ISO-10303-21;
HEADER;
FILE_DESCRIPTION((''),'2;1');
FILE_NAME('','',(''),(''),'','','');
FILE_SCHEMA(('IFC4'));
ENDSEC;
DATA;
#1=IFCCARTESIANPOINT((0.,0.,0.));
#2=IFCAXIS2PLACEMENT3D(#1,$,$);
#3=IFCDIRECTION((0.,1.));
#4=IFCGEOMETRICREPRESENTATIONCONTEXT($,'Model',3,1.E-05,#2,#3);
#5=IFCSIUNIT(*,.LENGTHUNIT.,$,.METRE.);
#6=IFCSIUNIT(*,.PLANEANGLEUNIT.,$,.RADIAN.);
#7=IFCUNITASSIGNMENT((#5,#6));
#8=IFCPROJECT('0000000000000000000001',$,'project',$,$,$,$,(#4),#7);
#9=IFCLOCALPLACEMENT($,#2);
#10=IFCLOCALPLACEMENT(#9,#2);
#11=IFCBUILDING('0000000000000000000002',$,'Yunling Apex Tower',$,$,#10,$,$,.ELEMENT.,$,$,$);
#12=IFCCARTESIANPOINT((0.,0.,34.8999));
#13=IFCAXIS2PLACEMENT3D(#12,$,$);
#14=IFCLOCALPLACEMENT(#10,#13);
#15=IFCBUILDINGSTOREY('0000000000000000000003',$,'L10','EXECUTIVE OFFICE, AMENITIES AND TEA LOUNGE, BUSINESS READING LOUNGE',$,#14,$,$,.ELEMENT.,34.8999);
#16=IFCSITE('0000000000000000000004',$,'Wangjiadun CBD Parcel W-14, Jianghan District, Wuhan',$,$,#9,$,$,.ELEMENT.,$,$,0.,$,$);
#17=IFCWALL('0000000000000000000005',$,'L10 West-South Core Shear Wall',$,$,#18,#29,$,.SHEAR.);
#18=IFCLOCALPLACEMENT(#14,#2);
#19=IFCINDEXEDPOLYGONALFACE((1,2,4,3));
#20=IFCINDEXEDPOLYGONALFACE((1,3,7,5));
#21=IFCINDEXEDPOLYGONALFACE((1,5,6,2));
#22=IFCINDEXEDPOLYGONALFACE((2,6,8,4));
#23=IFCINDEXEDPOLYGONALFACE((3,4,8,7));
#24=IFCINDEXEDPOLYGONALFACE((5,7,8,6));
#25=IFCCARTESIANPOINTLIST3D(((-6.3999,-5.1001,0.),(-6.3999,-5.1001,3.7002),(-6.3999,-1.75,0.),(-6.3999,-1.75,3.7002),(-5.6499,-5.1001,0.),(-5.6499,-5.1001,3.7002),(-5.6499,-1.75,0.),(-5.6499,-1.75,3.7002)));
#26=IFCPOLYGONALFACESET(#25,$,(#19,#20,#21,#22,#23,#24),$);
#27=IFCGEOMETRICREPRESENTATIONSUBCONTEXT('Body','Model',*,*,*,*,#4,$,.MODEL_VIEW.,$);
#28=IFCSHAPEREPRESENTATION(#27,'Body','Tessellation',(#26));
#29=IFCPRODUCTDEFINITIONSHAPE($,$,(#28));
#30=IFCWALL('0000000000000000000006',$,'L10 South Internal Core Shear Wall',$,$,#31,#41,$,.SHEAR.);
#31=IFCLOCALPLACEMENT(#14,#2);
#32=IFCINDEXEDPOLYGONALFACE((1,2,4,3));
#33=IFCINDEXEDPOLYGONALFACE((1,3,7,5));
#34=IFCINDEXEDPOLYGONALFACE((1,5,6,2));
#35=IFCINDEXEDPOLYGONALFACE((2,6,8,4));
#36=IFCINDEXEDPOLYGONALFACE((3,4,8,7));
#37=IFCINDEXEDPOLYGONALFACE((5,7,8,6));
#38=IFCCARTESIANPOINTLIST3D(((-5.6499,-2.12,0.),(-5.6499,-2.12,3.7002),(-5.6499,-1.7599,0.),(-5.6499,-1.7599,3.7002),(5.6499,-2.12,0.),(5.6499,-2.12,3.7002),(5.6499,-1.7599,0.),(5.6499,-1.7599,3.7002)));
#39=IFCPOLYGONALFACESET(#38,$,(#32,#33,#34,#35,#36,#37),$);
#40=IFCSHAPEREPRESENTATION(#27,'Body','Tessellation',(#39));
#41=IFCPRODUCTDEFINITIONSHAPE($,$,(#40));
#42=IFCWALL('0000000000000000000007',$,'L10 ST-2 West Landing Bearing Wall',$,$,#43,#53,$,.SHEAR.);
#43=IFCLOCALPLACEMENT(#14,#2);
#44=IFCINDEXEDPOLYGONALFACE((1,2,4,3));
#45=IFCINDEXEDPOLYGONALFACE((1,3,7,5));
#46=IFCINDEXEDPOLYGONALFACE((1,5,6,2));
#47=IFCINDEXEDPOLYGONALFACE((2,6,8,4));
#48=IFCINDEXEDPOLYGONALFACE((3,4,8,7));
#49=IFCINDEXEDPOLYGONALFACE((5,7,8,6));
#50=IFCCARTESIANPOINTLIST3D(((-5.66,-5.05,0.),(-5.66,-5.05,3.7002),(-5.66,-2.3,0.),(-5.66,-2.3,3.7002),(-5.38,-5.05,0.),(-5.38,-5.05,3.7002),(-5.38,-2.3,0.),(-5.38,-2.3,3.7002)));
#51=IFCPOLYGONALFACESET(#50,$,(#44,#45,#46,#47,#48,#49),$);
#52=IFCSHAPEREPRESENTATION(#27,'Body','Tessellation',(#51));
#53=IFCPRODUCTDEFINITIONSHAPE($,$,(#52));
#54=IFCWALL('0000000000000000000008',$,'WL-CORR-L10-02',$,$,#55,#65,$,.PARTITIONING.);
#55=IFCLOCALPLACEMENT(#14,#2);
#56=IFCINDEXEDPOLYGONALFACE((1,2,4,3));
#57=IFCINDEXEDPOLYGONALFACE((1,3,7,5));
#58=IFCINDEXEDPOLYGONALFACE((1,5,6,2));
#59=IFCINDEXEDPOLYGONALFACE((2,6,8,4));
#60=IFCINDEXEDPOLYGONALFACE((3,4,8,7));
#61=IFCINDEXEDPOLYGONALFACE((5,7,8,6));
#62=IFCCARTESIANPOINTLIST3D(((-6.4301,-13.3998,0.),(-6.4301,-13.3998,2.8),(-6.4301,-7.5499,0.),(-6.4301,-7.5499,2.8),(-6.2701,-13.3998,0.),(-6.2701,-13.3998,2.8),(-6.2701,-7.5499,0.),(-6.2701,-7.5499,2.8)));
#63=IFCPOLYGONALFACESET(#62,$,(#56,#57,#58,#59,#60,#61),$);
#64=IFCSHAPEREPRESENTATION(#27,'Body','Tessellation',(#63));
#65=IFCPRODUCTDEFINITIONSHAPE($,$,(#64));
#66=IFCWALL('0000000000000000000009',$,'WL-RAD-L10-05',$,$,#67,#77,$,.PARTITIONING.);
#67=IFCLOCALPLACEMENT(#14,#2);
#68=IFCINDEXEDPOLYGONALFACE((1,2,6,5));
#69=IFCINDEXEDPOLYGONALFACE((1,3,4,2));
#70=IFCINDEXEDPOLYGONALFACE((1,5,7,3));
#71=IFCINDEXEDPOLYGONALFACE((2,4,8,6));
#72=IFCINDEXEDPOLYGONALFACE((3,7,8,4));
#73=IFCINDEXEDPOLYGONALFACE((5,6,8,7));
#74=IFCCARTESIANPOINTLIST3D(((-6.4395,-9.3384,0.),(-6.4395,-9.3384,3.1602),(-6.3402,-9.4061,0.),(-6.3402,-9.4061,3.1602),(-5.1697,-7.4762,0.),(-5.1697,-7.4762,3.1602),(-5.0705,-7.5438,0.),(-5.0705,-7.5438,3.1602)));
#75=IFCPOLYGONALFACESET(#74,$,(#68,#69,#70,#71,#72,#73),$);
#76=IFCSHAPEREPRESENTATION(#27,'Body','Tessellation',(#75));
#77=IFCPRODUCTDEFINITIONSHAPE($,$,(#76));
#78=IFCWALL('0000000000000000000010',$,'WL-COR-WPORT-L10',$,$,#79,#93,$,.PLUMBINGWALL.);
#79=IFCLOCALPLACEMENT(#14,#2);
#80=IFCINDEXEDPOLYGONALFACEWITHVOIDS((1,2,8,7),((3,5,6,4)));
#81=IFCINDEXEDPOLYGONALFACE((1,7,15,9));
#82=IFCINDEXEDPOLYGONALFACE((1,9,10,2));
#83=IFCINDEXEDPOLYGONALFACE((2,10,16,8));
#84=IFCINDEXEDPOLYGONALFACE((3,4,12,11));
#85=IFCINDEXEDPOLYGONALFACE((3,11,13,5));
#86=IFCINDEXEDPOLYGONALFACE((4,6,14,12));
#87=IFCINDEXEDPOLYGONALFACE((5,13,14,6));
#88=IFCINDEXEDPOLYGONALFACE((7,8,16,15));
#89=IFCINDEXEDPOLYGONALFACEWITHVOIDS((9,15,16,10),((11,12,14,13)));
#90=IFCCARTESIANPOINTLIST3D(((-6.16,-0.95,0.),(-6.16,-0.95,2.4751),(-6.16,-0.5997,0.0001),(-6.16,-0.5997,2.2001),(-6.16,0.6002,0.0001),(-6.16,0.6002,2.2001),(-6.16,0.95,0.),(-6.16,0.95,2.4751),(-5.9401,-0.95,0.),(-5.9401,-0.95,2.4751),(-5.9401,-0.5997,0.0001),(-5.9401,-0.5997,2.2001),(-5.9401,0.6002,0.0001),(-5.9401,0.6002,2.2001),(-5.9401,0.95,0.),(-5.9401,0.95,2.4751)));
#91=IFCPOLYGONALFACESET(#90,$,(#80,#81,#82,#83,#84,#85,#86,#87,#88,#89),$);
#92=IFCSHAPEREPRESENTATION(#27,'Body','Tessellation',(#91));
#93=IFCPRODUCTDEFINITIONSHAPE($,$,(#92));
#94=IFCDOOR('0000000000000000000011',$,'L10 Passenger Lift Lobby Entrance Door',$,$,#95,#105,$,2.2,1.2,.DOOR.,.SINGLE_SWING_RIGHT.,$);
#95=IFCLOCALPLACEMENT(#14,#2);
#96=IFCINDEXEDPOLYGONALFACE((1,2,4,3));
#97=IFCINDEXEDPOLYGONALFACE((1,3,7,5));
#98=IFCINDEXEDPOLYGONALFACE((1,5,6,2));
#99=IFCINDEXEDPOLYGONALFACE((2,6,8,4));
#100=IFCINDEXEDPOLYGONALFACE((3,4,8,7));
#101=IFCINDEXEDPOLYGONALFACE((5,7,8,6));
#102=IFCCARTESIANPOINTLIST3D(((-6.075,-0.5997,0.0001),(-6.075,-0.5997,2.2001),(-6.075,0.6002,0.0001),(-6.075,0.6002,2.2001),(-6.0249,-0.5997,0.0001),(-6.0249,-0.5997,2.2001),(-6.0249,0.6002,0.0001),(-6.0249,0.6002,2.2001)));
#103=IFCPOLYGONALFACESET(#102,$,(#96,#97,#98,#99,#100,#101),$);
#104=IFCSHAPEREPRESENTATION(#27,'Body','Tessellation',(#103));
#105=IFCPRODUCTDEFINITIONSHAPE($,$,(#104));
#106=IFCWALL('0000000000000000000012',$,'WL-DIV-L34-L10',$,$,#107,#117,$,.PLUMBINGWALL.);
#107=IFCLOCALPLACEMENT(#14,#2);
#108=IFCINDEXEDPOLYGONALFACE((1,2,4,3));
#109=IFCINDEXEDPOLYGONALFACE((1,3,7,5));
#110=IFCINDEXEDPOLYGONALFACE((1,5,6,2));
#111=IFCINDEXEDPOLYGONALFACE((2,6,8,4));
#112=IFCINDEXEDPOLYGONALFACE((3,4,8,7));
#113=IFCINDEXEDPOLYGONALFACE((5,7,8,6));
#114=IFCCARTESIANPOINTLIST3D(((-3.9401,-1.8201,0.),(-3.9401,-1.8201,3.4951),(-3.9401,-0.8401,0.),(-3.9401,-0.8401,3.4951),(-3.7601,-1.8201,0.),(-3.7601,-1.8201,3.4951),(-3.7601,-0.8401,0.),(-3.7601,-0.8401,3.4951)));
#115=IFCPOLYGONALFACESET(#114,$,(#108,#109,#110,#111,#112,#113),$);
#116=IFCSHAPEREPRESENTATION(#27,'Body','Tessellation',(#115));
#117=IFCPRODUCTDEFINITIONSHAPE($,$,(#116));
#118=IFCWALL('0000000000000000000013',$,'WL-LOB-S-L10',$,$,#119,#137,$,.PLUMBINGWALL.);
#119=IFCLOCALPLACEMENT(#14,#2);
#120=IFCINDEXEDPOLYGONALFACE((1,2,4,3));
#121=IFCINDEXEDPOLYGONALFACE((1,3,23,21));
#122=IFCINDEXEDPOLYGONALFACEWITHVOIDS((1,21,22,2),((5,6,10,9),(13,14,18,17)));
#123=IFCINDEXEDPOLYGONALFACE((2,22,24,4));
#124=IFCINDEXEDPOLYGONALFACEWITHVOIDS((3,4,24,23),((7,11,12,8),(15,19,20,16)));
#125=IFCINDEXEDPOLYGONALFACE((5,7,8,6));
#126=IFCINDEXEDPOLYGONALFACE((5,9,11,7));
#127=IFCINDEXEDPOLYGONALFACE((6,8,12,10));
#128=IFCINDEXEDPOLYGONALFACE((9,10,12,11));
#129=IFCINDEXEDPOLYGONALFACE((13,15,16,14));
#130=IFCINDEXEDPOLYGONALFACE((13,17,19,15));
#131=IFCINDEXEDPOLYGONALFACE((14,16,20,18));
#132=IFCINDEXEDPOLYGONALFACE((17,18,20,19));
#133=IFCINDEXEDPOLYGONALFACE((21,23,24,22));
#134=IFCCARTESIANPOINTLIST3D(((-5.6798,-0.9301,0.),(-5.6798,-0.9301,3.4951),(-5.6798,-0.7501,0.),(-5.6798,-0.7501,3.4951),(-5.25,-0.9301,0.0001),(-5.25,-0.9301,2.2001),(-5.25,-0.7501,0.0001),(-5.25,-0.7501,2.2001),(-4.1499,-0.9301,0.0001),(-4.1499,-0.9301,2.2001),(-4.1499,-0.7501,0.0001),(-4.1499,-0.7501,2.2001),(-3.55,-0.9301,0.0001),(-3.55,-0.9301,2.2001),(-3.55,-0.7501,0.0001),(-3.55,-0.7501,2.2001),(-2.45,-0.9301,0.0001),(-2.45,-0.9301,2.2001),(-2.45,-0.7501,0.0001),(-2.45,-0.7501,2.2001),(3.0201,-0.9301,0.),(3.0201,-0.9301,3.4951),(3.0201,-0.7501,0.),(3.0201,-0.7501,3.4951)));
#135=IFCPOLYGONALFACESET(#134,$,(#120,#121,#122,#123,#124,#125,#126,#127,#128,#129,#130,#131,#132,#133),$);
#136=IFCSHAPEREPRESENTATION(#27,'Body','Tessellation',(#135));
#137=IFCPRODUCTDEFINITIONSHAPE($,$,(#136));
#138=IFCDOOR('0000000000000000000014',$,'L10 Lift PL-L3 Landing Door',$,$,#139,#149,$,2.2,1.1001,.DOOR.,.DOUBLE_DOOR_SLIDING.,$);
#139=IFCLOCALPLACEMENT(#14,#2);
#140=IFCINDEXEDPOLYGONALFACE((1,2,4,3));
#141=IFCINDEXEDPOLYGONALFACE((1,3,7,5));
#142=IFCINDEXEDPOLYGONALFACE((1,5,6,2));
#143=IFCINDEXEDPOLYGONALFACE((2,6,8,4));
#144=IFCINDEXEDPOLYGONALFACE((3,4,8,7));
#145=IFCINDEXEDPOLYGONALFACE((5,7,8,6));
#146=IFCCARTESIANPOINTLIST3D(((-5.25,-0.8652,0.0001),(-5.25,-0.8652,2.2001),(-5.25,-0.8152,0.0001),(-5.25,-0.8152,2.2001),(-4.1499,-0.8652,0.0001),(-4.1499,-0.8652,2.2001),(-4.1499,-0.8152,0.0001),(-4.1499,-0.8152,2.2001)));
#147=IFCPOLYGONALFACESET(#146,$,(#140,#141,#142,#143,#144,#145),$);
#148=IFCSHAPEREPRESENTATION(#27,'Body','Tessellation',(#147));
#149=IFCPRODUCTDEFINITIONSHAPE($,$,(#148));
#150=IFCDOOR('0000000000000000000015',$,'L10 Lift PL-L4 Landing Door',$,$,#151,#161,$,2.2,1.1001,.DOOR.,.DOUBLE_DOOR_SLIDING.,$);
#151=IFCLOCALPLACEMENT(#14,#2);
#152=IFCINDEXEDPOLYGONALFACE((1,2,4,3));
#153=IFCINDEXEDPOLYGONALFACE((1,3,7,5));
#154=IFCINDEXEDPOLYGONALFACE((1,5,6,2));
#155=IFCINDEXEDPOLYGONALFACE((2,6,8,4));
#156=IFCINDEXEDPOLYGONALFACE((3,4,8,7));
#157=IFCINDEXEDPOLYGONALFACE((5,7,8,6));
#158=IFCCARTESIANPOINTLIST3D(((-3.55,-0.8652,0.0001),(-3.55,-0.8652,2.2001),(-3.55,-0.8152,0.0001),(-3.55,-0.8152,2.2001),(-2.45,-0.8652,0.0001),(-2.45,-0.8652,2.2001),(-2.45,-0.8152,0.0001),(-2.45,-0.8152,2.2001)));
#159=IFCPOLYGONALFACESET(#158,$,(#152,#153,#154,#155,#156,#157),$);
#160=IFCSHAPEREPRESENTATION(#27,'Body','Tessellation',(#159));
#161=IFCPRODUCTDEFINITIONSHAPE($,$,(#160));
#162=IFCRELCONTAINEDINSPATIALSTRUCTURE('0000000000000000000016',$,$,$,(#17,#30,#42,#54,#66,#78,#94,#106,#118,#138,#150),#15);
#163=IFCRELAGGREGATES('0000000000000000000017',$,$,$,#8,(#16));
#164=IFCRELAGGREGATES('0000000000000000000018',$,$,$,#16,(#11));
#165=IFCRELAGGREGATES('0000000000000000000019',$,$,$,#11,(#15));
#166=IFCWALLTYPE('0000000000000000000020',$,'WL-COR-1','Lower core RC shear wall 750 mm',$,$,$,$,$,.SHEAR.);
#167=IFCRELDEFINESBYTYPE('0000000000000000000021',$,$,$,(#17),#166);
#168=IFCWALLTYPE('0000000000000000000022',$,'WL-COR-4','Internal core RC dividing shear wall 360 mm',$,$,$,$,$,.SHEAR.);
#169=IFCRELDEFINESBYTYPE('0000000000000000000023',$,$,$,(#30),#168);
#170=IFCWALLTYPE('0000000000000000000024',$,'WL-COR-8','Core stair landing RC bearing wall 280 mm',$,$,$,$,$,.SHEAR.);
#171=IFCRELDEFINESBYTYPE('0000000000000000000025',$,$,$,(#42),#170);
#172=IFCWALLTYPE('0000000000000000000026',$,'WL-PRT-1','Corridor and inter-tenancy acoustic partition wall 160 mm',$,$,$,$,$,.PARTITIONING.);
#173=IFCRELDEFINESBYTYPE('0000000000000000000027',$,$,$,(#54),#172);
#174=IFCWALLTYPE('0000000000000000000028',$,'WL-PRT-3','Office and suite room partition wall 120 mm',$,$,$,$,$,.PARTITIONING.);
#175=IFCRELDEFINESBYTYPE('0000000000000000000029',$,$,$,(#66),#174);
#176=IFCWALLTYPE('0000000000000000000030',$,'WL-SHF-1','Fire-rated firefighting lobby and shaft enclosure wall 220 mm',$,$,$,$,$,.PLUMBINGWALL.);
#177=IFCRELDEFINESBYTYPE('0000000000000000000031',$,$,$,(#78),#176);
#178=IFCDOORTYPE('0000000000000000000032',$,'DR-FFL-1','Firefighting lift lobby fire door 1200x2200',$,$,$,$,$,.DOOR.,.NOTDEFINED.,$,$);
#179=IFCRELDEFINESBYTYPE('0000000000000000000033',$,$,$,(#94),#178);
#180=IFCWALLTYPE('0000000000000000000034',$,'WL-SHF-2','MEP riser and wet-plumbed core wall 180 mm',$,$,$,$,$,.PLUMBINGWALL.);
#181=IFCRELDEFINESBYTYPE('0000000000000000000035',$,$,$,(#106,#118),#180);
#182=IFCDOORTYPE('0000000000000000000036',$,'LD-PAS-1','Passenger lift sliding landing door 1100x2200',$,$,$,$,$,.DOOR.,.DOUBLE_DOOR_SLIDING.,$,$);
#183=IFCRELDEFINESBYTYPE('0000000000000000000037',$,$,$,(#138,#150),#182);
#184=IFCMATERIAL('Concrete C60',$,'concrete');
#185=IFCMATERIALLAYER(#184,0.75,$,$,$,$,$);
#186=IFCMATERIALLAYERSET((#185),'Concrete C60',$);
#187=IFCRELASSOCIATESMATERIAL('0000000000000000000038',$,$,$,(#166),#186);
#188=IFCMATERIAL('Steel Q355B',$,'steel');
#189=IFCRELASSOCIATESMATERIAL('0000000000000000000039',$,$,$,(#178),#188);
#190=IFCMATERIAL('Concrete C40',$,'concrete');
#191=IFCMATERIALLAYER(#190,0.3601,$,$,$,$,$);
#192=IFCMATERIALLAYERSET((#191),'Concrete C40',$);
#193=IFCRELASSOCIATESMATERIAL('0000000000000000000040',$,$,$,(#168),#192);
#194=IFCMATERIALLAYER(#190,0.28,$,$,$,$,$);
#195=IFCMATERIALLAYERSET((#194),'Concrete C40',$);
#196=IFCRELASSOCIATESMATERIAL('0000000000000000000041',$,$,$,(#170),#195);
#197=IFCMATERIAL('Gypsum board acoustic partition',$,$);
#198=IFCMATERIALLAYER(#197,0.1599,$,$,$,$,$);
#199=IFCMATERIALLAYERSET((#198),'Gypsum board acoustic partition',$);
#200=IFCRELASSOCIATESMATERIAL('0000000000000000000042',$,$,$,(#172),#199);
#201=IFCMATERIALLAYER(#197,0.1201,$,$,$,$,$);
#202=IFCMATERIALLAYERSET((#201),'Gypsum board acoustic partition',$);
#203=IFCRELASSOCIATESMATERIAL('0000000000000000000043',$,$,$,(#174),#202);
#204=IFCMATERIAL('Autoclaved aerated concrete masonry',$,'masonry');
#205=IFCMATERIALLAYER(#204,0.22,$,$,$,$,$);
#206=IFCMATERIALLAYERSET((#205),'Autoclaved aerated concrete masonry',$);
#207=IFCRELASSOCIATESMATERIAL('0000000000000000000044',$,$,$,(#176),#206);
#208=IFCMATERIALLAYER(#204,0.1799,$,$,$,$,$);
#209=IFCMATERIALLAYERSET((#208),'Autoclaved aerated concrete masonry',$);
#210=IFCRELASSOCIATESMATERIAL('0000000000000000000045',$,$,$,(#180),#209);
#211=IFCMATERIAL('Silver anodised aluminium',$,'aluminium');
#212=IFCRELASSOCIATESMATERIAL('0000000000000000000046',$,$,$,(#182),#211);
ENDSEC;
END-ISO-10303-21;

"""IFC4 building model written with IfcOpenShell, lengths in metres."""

from ifc_helpers import new_model, si_unit, direction, frame, frame_2d, origin, place, context, subcontext, project, spatial, rectangle, extrude, material, layer, layer_set, type_object, element, fill, save


model = new_model("IFC4")

# Units and contexts
model_context = context("Model", 3, precision=1e-05, world=origin(), true_north=direction((0.0, 1.0)))
body_context = subcontext(model_context, "Body", "Model", "MODEL_VIEW")
ifc_project = project(units=[si_unit("LENGTHUNIT", "METRE"), si_unit("PLANEANGLEUNIT", "RADIAN")], contexts=[model_context])

# Site, building, storey
site_placement = place(None, origin())
site = spatial("IfcSite", under=ifc_project, at=site_placement, Name="Wangjiadun CBD Parcel W-14, Jianghan District, Wuhan", CompositionType="ELEMENT", RefElevation=0.0)
building_placement = place(site_placement, origin())
building = spatial("IfcBuilding", under=site, at=building_placement, Name="Yunling Apex Tower", CompositionType="ELEMENT")
storey_placement = place(building_placement, frame((0.0, 0.0, 34.8999)))
storey = spatial("IfcBuildingStorey", under=building, at=storey_placement, Name="L10", Description="EXECUTIVE OFFICE, AMENITIES AND TEA LOUNGE, BUSINESS READING LOUNGE", CompositionType="ELEMENT", Elevation=34.8999)

# Shared definitions
ifc_material_1 = material(Name="Concrete C60", Category="concrete")

# Shared definitions
ifc_material_2 = material(Name="Steel Q355B", Category="steel")

# Shared definitions
ifc_layer_1 = layer(ifc_material_1, 0.75)
ifc_layer_set_1 = layer_set([ifc_layer_1], Name="Concrete C60")
wall_type_1 = type_object("IfcWallType", Name="WL-COR-1", Description="Lower core RC shear wall 750 mm", PredefinedType="SHEAR", material=ifc_layer_set_1)
door_type_1 = type_object("IfcDoorType", Name="DR-FFL-1", Description="Firefighting lift lobby fire door 1200x2200", OperationType="NOTDEFINED", PredefinedType="DOOR", material=ifc_material_2)

# Walls
wall_1_placement = place(storey_placement, frame((-6.0249, -5.1001, 0.0), z_axis=(0.0, 0.0, 1.0), x_axis=(0.0, 1.0, 0.0)))
element("IfcWall", 1, at=wall_1_placement, inside=storey, type_object=wall_type_1, Name="L10 West-South Core Shear Wall", PredefinedType="SHEAR", context=body_context, shape_type="SweptSolid", body=[
    extrude(rectangle(XDim=3.3501, YDim=0.75, at=frame_2d((1.675, 0.0))), origin(), (0.0, 0.0, 1.0), 3.7002),
])
ifc_material_3 = material(Name="Concrete C40", Category="concrete")
ifc_layer_2 = layer(ifc_material_3, 0.3601)
ifc_layer_set_2 = layer_set([ifc_layer_2], Name="Concrete C40")
wall_type_2 = type_object("IfcWallType", Name="WL-COR-4", Description="Internal core RC dividing shear wall 360 mm", PredefinedType="SHEAR", material=ifc_layer_set_2)
wall_2_placement = place(storey_placement, frame((-5.6499, -1.9399, 0.0), z_axis=(0.0, 0.0, 1.0), x_axis=(1.0, 0.0, 0.0)))
element("IfcWall", 2, at=wall_2_placement, inside=storey, type_object=wall_type_2, Name="L10 South Internal Core Shear Wall", PredefinedType="SHEAR", context=body_context, shape_type="SweptSolid", body=[
    extrude(rectangle(XDim=11.2998, YDim=0.3601, at=frame_2d((5.6499, 0.0))), origin(), (0.0, 0.0, 1.0), 3.7002),
])
ifc_layer_3 = layer(ifc_material_3, 0.28)
ifc_layer_set_3 = layer_set([ifc_layer_3], Name="Concrete C40")
wall_type_3 = type_object("IfcWallType", Name="WL-COR-8", Description="Core stair landing RC bearing wall 280 mm", PredefinedType="SHEAR", material=ifc_layer_set_3)
wall_3_placement = place(storey_placement, frame((-5.52, -5.05, 0.0), z_axis=(0.0, 0.0, 1.0), x_axis=(0.0, 1.0, 0.0)))
element("IfcWall", 3, at=wall_3_placement, inside=storey, type_object=wall_type_3, Name="L10 ST-2 West Landing Bearing Wall", PredefinedType="SHEAR", context=body_context, shape_type="SweptSolid", body=[
    extrude(rectangle(XDim=2.75, YDim=0.28, at=frame_2d((1.375, 0.0))), origin(), (0.0, 0.0, 1.0), 3.7002),
])
ifc_material_4 = material(Name="Gypsum board acoustic partition")
ifc_layer_4 = layer(ifc_material_4, 0.1599)
ifc_layer_set_4 = layer_set([ifc_layer_4], Name="Gypsum board acoustic partition")
wall_type_4 = type_object("IfcWallType", Name="WL-PRT-1", Description="Corridor and inter-tenancy acoustic partition wall 160 mm", PredefinedType="PARTITIONING", material=ifc_layer_set_4)
wall_4_placement = place(storey_placement, frame((-6.3501, -7.55, 0.0), z_axis=(0.0, 0.0, 1.0), x_axis=(0.0, -1.0, 0.0)))
element("IfcWall", 4, at=wall_4_placement, inside=storey, type_object=wall_type_4, Name="WL-CORR-L10-02", PredefinedType="PARTITIONING", context=body_context, shape_type="SweptSolid", body=[
    extrude(rectangle(XDim=5.8499, YDim=0.1599, at=frame_2d((2.9248, 0.0))), origin(), (0.0, 0.0, 1.0), 2.8),
])
ifc_layer_5 = layer(ifc_material_4, 0.1201)
ifc_layer_set_5 = layer_set([ifc_layer_5], Name="Gypsum board acoustic partition")
wall_type_5 = type_object("IfcWallType", Name="WL-PRT-3", Description="Office and suite room partition wall 120 mm", PredefinedType="PARTITIONING", material=ifc_layer_set_5)
wall_5_placement = place(storey_placement, frame((-5.1201, -7.51, 0.0), z_axis=(0.0, 0.0, 1.0), x_axis=(-0.563344, -0.826223, 0.0)))
element("IfcWall", 5, at=wall_5_placement, inside=storey, type_object=wall_type_5, Name="WL-RAD-L10-05", PredefinedType="PARTITIONING", context=body_context, shape_type="SweptSolid", body=[
    extrude(rectangle(XDim=2.2539, YDim=0.1201, at=frame_2d((1.127, 0.0))), origin(), (0.0, 0.0, 1.0), 3.1602),
])

# Wall, opening, door
ifc_material_5 = material(Name="Autoclaved aerated concrete masonry", Category="masonry")
ifc_layer_6 = layer(ifc_material_5, 0.22)
ifc_layer_set_6 = layer_set([ifc_layer_6], Name="Autoclaved aerated concrete masonry")
wall_type_6 = type_object("IfcWallType", Name="WL-SHF-1", Description="Fire-rated firefighting lobby and shaft enclosure wall 220 mm", PredefinedType="PLUMBINGWALL", material=ifc_layer_set_6)
wall_6_placement = place(storey_placement, frame((-6.05, -0.95, 0.0), z_axis=(0.0, 0.0, 1.0), x_axis=(0.0, 1.0, 0.0)))
wall_6 = element("IfcWall", 6, at=wall_6_placement, inside=storey, type_object=wall_type_6, Name="WL-COR-WPORT-L10", PredefinedType="PLUMBINGWALL", context=body_context, shape_type="SweptSolid", body=[
    extrude(rectangle(XDim=1.8999, YDim=0.22, at=frame_2d((0.95, 0.0))), origin(), (0.0, 0.0, 1.0), 2.4751),
])
opening_1_placement = place(wall_6_placement, frame((0.3501, 0.0, 0.0)))
opening_1 = element("IfcOpeningElement", 7, at=opening_1_placement, cuts=wall_6, PredefinedType="OPENING", context=body_context, shape_type="SweptSolid", body=[
    extrude(rectangle(XDim=1.2, YDim=2.2, at=frame_2d((0.6001, 1.1001))), frame((0.0, 0.1201, 0.0), z_axis=(0.0, -1.0, 0.0), x_axis=(1.0, 0.0, 0.0)), (0.0, 0.0, 1.0), 0.24),
])
door_1_placement = place(opening_1_placement, origin())
door_1 = element("IfcDoor", 8, at=door_1_placement, inside=storey, type_object=door_type_1, Name="L10 Passenger Lift Lobby Entrance Door", OperationType="SINGLE_SWING_RIGHT", OverallHeight=2.2, OverallWidth=1.2, PredefinedType="DOOR", context=body_context, shape_type="SweptSolid", body=[
    extrude(rectangle(XDim=1.2, YDim=2.2, at=frame_2d((0.6001, 1.1001))), frame((0.0, 0.0249, 0.0), z_axis=(0.0, -1.0, 0.0), x_axis=(1.0, 0.0, 0.0)), (0.0, 0.0, 1.0), 0.05),
])
fill(opening_1, door_1)

# Wall
ifc_layer_7 = layer(ifc_material_5, 0.1799)
ifc_layer_set_7 = layer_set([ifc_layer_7], Name="Autoclaved aerated concrete masonry")
wall_type_7 = type_object("IfcWallType", Name="WL-SHF-2", Description="MEP riser and wet-plumbed core wall 180 mm", PredefinedType="PLUMBINGWALL", material=ifc_layer_set_7)
wall_7_placement = place(storey_placement, frame((-3.8501, -1.8201, 0.0), z_axis=(0.0, 0.0, 1.0), x_axis=(0.0, 1.0, 0.0)))
element("IfcWall", 9, at=wall_7_placement, inside=storey, type_object=wall_type_7, Name="WL-DIV-L34-L10", PredefinedType="PLUMBINGWALL", context=body_context, shape_type="SweptSolid", body=[
    extrude(rectangle(XDim=0.98, YDim=0.1799, at=frame_2d((0.49, 0.0))), origin(), (0.0, 0.0, 1.0), 3.4951),
])

# Wall, openings, doors
wall_8_placement = place(storey_placement, frame((-5.6799, -0.8401, 0.0), z_axis=(0.0, 0.0, 1.0), x_axis=(1.0, 0.0, 0.0)))
wall_8 = element("IfcWall", 10, at=wall_8_placement, inside=storey, type_object=wall_type_7, Name="WL-LOB-S-L10", PredefinedType="PLUMBINGWALL", context=body_context, shape_type="SweptSolid", body=[
    extrude(rectangle(XDim=8.7, YDim=0.1799, at=frame_2d((4.3501, 0.0))), origin(), (0.0, 0.0, 1.0), 3.4951),
])
opening_2_placement = place(wall_8_placement, frame((0.4299, 0.0, 0.0)))
opening_2 = element("IfcOpeningElement", 11, at=opening_2_placement, cuts=wall_8, PredefinedType="OPENING", context=body_context, shape_type="SweptSolid", body=[
    extrude(rectangle(XDim=1.1001, YDim=2.2, at=frame_2d((0.55, 1.1001))), frame((0.0, 0.1001, 0.0), z_axis=(0.0, -1.0, 0.0), x_axis=(1.0, 0.0, 0.0)), (0.0, 0.0, 1.0), 0.2),
])
opening_3_placement = place(wall_8_placement, frame((2.1299, 0.0, 0.0)))
opening_3 = element("IfcOpeningElement", 12, at=opening_3_placement, cuts=wall_8, PredefinedType="OPENING", context=body_context, shape_type="SweptSolid", body=[
    extrude(rectangle(XDim=1.1001, YDim=2.2, at=frame_2d((0.55, 1.1001))), frame((0.0, 0.1001, 0.0), z_axis=(0.0, -1.0, 0.0), x_axis=(1.0, 0.0, 0.0)), (0.0, 0.0, 1.0), 0.2),
])
ifc_material_6 = material(Name="Silver anodised aluminium", Category="aluminium")
door_type_2 = type_object("IfcDoorType", Name="LD-PAS-1", Description="Passenger lift sliding landing door 1100x2200", OperationType="DOUBLE_DOOR_SLIDING", PredefinedType="DOOR", material=ifc_material_6)
door_2_placement = place(opening_2_placement, origin())
door_2 = element("IfcDoor", 13, at=door_2_placement, inside=storey, type_object=door_type_2, Name="L10 Lift PL-L3 Landing Door", OperationType="DOUBLE_DOOR_SLIDING", OverallHeight=2.2, OverallWidth=1.1001, PredefinedType="DOOR", context=body_context, shape_type="SweptSolid", body=[
    extrude(rectangle(XDim=1.1001, YDim=2.2, at=frame_2d((0.55, 1.1001))), frame((0.0, 0.0249, 0.0), z_axis=(0.0, -1.0, 0.0), x_axis=(1.0, 0.0, 0.0)), (0.0, 0.0, 1.0), 0.05),
])
fill(opening_2, door_2)
door_3_placement = place(opening_3_placement, origin())
door_3 = element("IfcDoor", 14, at=door_3_placement, inside=storey, type_object=door_type_2, Name="L10 Lift PL-L4 Landing Door", OperationType="DOUBLE_DOOR_SLIDING", OverallHeight=2.2, OverallWidth=1.1001, PredefinedType="DOOR", context=body_context, shape_type="SweptSolid", body=[
    extrude(rectangle(XDim=1.1001, YDim=2.2, at=frame_2d((0.55, 1.1001))), frame((0.0, 0.0249, 0.0), z_axis=(0.0, -1.0, 0.0), x_axis=(1.0, 0.0, 0.0)), (0.0, 0.0, 1.0), 0.05),
])
fill(opening_3, door_3)

save(model, "model.ifc")
